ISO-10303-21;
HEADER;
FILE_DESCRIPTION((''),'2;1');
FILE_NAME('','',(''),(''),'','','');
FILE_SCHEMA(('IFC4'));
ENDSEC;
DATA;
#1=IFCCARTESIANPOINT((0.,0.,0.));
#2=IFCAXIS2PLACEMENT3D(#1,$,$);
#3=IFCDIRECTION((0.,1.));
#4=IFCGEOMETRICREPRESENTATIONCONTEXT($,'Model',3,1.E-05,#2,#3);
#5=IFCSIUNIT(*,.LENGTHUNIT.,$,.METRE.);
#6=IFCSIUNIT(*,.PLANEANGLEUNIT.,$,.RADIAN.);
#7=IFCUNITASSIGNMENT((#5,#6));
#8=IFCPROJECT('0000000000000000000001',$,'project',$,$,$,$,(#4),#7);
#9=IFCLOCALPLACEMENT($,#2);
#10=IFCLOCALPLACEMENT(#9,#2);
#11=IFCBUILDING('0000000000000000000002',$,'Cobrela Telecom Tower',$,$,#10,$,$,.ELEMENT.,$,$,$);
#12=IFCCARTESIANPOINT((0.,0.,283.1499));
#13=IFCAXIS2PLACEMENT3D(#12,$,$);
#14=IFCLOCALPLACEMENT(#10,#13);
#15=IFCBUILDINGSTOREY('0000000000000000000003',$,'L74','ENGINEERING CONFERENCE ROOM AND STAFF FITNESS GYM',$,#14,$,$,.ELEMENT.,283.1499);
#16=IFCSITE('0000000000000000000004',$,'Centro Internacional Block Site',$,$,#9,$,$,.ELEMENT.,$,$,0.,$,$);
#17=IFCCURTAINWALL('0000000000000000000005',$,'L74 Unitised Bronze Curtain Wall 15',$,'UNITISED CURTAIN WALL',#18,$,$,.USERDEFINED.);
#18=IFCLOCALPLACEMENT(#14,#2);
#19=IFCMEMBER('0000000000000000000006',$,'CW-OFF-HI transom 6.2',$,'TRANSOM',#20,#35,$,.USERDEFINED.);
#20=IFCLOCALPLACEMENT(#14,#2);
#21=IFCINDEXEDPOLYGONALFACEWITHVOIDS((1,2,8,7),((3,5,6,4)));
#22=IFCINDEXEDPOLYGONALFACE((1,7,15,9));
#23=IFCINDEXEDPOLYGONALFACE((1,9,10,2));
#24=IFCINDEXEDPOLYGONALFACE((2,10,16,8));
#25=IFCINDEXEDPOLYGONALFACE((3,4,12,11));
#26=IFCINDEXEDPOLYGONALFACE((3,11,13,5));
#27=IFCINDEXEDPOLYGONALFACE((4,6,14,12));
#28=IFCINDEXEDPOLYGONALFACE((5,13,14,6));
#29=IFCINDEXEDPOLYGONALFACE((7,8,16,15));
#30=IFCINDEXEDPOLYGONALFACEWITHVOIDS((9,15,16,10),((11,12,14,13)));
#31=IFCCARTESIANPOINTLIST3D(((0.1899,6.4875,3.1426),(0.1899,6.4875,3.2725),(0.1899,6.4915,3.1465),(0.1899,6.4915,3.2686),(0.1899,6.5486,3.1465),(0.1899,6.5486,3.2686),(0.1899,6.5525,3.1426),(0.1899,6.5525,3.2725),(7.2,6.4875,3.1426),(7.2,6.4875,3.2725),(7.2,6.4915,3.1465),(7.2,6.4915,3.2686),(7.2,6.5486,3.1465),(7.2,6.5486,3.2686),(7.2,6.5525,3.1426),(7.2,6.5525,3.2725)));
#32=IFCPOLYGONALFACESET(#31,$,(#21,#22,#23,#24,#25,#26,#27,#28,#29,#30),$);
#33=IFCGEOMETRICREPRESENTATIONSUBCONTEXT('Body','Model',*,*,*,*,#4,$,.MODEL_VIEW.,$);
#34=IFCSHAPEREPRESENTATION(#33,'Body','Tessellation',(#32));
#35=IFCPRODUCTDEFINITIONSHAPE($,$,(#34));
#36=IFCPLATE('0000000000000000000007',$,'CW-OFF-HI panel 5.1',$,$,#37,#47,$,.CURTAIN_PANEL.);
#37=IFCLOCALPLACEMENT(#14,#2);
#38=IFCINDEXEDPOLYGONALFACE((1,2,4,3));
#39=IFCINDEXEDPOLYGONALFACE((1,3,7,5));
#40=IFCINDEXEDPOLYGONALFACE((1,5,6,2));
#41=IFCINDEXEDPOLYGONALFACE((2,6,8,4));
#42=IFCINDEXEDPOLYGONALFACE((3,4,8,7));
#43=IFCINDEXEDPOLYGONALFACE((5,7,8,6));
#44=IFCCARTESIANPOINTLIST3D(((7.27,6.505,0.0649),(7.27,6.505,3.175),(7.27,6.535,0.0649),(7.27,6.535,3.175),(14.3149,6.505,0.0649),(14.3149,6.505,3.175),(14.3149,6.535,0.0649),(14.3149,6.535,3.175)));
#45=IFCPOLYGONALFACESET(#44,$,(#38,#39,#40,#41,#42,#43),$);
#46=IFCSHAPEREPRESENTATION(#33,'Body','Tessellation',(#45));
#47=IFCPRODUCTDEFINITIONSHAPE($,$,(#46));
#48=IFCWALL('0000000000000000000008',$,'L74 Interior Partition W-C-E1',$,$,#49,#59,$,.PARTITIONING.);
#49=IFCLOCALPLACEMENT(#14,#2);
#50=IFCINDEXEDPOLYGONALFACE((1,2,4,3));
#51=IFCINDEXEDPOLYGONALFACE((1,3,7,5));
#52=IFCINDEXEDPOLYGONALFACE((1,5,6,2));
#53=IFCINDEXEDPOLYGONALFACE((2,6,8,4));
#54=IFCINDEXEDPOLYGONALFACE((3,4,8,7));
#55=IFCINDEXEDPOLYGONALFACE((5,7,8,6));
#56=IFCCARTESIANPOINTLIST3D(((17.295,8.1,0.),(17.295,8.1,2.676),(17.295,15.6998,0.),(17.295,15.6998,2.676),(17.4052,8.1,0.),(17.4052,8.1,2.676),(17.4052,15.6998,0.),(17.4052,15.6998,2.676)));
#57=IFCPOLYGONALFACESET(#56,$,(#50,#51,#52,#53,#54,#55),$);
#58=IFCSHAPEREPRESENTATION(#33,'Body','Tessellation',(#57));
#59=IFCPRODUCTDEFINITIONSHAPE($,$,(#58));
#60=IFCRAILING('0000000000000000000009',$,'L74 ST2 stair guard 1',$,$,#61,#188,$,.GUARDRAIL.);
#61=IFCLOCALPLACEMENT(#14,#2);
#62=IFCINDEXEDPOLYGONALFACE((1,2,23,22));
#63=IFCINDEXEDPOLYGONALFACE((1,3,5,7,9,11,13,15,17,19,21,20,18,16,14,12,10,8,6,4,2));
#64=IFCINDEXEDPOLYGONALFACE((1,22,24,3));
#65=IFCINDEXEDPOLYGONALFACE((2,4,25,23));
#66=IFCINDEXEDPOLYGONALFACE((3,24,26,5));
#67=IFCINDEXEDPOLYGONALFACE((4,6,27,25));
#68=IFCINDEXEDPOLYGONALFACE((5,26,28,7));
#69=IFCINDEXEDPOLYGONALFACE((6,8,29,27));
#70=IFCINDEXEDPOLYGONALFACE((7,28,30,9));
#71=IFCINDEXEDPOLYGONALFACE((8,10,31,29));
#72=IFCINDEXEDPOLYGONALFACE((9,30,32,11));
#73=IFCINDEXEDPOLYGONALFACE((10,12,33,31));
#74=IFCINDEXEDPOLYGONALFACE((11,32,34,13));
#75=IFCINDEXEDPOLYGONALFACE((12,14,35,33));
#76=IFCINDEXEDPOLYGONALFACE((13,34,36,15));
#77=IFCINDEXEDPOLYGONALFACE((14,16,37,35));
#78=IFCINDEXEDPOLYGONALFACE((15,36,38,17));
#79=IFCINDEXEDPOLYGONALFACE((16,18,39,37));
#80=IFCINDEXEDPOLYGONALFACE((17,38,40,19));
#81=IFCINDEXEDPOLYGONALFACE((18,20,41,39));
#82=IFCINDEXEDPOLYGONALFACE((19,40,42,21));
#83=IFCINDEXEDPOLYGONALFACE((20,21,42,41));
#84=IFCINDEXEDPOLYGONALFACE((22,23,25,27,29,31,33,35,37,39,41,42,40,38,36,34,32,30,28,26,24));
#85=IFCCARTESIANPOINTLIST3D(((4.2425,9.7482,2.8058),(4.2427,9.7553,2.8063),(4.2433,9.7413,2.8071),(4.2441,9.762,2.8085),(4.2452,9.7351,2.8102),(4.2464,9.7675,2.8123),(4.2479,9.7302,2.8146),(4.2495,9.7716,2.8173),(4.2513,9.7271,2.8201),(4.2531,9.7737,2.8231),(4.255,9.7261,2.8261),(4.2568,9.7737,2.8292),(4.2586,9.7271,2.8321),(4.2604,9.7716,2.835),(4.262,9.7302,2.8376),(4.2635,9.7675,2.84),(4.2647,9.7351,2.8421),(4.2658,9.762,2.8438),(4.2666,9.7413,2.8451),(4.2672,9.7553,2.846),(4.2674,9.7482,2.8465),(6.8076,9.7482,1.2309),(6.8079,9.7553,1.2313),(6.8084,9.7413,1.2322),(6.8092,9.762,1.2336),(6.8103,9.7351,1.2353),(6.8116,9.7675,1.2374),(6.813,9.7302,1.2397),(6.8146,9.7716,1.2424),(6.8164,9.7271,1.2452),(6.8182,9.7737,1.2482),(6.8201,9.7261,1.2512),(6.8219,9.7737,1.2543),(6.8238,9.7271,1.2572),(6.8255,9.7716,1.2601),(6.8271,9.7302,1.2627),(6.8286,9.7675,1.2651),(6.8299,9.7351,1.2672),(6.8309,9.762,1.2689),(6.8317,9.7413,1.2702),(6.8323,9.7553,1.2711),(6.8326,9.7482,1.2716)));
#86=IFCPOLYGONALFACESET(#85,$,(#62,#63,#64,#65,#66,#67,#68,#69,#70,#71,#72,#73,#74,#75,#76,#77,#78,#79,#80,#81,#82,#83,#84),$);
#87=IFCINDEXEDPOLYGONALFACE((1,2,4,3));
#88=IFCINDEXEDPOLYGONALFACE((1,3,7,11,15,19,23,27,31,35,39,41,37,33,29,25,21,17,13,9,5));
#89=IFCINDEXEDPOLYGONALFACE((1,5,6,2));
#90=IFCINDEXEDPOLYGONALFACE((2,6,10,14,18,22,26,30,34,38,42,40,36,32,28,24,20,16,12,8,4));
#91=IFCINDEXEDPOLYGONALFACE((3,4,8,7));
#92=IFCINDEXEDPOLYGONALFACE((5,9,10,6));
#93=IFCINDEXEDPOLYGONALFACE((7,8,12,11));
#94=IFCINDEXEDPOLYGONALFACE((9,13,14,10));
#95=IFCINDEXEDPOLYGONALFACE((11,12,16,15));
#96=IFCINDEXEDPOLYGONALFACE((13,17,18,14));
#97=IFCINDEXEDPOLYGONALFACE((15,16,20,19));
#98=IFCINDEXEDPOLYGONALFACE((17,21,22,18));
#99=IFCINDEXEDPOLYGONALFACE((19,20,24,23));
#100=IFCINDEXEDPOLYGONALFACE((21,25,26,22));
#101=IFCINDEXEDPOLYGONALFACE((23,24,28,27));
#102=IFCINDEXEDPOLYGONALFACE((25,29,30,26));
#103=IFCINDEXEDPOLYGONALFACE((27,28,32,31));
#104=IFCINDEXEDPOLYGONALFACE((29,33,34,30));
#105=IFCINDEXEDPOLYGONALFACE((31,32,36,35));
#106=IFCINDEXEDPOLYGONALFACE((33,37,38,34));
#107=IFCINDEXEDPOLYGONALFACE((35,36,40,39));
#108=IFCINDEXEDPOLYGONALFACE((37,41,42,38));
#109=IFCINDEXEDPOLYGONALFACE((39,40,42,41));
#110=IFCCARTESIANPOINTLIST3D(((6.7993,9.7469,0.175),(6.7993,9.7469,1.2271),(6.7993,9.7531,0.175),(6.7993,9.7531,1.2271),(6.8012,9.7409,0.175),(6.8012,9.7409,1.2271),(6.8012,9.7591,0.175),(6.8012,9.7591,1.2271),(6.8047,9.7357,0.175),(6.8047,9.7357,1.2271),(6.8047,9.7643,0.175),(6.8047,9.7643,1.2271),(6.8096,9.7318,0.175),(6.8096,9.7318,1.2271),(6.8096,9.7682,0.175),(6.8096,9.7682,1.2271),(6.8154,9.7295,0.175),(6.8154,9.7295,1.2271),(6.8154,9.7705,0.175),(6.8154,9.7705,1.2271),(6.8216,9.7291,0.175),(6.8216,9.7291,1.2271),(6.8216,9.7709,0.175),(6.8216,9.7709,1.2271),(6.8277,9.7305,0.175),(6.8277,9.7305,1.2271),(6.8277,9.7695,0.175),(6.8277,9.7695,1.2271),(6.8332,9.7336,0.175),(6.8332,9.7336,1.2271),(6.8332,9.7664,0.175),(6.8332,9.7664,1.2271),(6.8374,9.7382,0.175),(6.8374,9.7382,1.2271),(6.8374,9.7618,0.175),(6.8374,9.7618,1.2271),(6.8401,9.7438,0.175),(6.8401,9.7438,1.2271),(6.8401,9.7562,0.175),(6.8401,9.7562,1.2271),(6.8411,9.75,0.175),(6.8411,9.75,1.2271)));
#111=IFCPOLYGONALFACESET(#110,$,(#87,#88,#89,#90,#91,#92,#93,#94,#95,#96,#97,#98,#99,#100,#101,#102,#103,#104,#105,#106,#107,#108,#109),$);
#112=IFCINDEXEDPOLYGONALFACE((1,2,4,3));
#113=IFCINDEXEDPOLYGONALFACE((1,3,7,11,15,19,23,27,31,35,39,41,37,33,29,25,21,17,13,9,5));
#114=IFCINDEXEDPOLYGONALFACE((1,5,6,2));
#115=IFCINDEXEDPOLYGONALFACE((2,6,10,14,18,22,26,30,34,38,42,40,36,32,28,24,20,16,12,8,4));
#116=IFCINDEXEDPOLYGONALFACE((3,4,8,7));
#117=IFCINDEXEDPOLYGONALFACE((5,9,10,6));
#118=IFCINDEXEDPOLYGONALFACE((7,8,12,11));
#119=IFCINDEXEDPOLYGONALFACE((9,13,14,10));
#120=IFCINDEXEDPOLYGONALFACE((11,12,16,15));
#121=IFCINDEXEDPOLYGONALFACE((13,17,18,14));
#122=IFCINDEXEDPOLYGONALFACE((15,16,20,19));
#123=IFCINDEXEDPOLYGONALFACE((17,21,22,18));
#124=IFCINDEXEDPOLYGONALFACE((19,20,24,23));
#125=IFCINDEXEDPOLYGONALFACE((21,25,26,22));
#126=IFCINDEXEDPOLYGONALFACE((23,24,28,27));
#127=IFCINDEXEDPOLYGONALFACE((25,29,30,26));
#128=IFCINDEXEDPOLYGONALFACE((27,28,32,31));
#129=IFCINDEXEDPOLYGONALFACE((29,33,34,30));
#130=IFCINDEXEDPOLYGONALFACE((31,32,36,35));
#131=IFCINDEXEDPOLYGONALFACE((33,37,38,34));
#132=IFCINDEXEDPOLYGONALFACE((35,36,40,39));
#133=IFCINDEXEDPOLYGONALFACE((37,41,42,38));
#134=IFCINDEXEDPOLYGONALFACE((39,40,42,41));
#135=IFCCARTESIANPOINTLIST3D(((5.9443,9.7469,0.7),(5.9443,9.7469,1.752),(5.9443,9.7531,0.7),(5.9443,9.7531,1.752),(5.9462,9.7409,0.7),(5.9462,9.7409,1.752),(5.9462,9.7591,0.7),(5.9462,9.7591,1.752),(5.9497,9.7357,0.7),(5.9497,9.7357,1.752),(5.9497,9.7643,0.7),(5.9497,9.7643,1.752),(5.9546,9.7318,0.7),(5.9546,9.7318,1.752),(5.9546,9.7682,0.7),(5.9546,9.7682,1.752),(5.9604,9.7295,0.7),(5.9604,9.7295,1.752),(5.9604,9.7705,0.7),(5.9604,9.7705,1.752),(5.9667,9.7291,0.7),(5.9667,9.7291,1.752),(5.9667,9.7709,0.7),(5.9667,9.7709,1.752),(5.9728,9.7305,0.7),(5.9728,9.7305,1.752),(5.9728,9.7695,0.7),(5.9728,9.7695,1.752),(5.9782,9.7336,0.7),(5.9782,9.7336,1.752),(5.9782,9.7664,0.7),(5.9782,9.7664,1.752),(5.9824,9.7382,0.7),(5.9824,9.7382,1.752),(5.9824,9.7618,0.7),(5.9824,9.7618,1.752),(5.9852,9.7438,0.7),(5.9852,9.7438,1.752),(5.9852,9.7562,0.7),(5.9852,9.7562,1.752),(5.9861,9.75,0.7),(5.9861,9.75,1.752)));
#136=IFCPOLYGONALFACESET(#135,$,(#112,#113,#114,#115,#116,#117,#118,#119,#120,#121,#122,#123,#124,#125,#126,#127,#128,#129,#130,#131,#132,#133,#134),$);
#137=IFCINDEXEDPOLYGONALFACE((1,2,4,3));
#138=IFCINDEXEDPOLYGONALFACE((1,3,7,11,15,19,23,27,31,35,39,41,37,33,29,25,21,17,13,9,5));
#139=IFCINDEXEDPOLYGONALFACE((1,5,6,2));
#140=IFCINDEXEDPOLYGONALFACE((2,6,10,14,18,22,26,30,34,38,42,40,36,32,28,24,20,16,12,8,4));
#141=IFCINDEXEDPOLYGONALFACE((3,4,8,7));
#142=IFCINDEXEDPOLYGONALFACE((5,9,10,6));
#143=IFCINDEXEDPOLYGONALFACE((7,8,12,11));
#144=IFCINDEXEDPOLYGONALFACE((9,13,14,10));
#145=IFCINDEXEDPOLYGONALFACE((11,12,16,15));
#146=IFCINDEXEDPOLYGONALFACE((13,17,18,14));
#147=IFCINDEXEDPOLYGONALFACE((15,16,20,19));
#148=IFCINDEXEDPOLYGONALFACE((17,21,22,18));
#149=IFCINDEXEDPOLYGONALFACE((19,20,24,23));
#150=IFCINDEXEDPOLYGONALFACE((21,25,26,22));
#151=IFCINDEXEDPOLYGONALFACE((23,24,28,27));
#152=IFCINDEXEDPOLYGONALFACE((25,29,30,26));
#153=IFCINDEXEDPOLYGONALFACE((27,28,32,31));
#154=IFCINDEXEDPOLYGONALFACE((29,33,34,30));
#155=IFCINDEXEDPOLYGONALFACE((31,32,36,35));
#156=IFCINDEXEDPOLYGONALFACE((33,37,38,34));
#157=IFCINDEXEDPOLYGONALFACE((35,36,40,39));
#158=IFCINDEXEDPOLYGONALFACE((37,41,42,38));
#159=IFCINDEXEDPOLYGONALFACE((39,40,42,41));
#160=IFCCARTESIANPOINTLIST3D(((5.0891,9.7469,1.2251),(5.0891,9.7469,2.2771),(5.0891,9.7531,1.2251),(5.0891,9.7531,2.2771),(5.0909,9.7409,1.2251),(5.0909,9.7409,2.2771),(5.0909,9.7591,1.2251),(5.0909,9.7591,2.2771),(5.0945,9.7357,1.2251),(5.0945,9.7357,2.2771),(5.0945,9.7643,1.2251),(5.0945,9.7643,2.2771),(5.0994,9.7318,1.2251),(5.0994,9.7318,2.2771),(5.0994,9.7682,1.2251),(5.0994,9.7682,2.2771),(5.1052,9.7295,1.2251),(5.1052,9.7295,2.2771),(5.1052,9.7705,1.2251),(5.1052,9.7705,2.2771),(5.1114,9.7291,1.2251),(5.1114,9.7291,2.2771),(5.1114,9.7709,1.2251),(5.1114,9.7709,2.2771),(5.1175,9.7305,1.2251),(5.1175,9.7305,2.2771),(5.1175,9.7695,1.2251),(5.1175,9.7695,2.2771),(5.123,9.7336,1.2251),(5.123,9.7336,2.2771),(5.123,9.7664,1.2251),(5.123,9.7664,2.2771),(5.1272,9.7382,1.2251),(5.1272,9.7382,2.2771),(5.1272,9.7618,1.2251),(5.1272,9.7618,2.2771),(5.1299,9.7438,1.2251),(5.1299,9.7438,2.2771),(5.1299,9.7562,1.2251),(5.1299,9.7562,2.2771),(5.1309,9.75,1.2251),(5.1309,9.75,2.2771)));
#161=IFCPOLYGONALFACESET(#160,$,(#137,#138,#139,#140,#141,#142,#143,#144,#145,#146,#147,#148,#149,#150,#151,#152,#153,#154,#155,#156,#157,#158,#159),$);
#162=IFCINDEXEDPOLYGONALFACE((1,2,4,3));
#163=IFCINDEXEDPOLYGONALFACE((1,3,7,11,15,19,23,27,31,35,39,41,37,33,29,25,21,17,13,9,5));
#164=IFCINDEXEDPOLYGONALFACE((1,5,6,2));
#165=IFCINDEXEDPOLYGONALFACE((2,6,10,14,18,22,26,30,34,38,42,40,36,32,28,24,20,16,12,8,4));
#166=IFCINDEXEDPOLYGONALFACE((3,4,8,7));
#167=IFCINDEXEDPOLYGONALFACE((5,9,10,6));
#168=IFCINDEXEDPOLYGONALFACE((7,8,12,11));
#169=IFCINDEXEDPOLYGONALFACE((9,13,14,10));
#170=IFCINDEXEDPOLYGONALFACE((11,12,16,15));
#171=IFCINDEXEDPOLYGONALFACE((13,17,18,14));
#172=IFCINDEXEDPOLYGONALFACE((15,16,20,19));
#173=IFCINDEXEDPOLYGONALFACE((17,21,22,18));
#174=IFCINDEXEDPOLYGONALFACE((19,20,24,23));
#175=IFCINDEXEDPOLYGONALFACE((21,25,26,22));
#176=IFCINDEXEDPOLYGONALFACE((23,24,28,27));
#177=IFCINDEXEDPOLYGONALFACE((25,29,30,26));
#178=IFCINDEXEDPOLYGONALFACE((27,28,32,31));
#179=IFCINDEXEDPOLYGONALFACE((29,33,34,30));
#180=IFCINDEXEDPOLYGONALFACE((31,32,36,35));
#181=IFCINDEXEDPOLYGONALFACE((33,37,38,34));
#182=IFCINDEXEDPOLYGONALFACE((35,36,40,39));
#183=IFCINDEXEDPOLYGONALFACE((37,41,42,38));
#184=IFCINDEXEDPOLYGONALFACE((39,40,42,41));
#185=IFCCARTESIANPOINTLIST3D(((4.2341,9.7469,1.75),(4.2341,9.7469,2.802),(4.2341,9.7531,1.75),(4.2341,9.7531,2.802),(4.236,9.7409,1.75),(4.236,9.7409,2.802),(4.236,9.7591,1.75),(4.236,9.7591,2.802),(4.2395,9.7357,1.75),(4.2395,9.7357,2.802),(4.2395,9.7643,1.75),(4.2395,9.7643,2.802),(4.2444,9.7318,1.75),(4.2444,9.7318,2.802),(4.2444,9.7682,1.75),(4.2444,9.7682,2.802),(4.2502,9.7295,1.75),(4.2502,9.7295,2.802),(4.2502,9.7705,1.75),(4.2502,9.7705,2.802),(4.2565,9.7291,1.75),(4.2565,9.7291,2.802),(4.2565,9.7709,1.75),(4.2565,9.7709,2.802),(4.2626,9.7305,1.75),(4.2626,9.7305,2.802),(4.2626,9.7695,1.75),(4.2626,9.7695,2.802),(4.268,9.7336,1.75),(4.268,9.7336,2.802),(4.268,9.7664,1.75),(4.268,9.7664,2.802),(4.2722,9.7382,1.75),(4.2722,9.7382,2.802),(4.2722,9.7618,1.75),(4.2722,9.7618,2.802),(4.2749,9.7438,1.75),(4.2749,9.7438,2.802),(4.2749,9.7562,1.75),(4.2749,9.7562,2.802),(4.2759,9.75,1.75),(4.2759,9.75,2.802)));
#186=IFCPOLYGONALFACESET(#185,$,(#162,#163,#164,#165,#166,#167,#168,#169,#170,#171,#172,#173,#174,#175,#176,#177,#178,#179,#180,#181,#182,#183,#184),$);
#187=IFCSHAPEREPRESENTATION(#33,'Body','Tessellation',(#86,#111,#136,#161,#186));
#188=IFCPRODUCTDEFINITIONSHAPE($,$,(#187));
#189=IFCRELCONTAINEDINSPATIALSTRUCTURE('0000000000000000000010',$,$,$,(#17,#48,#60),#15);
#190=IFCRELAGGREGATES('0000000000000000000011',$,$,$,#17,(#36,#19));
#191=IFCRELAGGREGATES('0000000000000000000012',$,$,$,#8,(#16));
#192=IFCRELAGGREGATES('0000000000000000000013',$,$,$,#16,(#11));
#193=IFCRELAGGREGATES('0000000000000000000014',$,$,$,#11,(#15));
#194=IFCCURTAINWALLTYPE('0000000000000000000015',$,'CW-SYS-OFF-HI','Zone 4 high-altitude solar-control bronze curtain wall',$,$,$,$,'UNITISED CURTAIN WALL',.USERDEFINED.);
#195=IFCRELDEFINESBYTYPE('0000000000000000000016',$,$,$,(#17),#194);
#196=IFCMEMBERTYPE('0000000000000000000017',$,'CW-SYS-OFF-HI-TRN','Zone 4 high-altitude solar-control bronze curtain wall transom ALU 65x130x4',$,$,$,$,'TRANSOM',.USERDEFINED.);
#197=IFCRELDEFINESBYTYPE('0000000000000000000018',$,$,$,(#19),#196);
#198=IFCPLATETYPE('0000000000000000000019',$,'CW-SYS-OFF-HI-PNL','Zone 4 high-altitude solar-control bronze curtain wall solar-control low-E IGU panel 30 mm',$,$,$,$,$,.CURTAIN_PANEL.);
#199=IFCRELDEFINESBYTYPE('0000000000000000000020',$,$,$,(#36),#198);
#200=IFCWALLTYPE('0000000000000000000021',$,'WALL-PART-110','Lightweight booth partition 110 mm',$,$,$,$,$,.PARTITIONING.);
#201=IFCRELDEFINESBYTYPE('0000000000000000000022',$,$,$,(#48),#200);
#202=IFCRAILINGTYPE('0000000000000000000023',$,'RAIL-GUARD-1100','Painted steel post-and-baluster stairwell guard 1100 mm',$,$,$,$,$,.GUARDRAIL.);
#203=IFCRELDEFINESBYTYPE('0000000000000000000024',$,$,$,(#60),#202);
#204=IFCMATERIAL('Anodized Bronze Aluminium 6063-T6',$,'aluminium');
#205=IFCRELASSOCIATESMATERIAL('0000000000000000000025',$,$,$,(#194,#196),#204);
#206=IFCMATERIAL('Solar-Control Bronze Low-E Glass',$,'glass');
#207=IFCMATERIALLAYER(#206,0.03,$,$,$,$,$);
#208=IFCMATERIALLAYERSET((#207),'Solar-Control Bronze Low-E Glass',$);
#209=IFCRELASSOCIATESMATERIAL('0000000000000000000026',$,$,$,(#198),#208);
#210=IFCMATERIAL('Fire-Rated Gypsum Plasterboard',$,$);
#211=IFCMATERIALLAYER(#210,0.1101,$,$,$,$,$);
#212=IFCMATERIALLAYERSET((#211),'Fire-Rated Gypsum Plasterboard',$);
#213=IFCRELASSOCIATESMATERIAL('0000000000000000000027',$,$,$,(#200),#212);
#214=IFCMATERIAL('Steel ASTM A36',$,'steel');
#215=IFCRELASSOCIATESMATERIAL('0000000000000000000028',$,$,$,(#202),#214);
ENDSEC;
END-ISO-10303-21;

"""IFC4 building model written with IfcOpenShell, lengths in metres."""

from ifc_helpers import new_model, si_unit, direction, frame, frame_2d, origin, origin_2d, place, context, subcontext, project, spatial, rectangle, hollow_rectangle, circle, extrude, material, layer, layer_set, material_profile, profile_set, type_object, element, aggregate, save


model = new_model("IFC4")

# Units and contexts
model_context = context("Model", 3, precision=1e-05, world=origin(), true_north=direction((0.0, 1.0)))
body_context = subcontext(model_context, "Body", "Model", "MODEL_VIEW")
ifc_project = project(units=[si_unit("LENGTHUNIT", "METRE"), si_unit("PLANEANGLEUNIT", "RADIAN")], contexts=[model_context])

# Site, building, storey
site_placement = place(None, origin())
site = spatial("IfcSite", under=ifc_project, at=site_placement, Name="Centro Internacional Block Site", CompositionType="ELEMENT", RefElevation=0.0)
building_placement = place(site_placement, origin())
building = spatial("IfcBuilding", under=site, at=building_placement, Name="Cobrela Telecom Tower", CompositionType="ELEMENT")
storey_placement = place(building_placement, frame((0.0, 0.0, 283.1499)))
storey = spatial("IfcBuildingStorey", under=building, at=storey_placement, Name="L74", Description="ENGINEERING CONFERENCE ROOM AND STAFF FITNESS GYM", CompositionType="ELEMENT", Elevation=283.1499)

# Curtain wall, member, plate
ifc_material_1 = material(Name="Anodized Bronze Aluminium 6063-T6", Category="aluminium")
curtain_wall_type = type_object("IfcCurtainWallType", Name="CW-SYS-OFF-HI", Description="Zone 4 high-altitude solar-control bronze curtain wall", ElementType="UNITISED CURTAIN WALL", PredefinedType="USERDEFINED", material=ifc_material_1)
curtain_wall_placement = place(storey_placement, origin())
curtain_wall = element("IfcCurtainWall", 1, at=curtain_wall_placement, inside=storey, type_object=curtain_wall_type, Name="L74 Unitised Bronze Curtain Wall 15", ObjectType="UNITISED CURTAIN WALL", PredefinedType="USERDEFINED")
ifc_material_profile_1 = material_profile(ifc_material_1, hollow_rectangle(XDim=0.0649, YDim=0.1299, WallThickness=0.0039, at=origin_2d()), Name="ALU 65x130x4")
ifc_profile_set_1 = profile_set([ifc_material_profile_1], Name="Anodized Bronze Aluminium 6063-T6")
member_type_1 = type_object("IfcMemberType", Name="CW-SYS-OFF-HI-TRN", Description="Zone 4 high-altitude solar-control bronze curtain wall transom ALU 65x130x4", ElementType="TRANSOM", PredefinedType="USERDEFINED", material=ifc_profile_set_1)
member_1_placement = place(storey_placement, frame((7.2, 6.52, 3.2075), z_axis=(-1.0, 0.0, 0.0), x_axis=(0.0, -1.0, 0.0)))
member_1 = element("IfcMember", 2, at=member_1_placement, type_object=member_type_1, Name="CW-OFF-HI transom 6.2", ObjectType="TRANSOM", PredefinedType="USERDEFINED", context=body_context, shape_type="SweptSolid", body=[
    extrude(hollow_rectangle(XDim=0.0649, YDim=0.1299, WallThickness=0.0039, at=origin_2d()), origin(), (0.0, 0.0, 1.0), 7.01),
])
ifc_material_2 = material(Name="Solar-Control Bronze Low-E Glass", Category="glass")
ifc_layer_1 = layer(ifc_material_2, 0.03)
ifc_layer_set_1 = layer_set([ifc_layer_1], Name="Solar-Control Bronze Low-E Glass")
plate_type = type_object("IfcPlateType", Name="CW-SYS-OFF-HI-PNL", Description="Zone 4 high-altitude solar-control bronze curtain wall solar-control low-E IGU panel 30 mm", PredefinedType="CURTAIN_PANEL", material=ifc_layer_set_1)
plate_placement = place(storey_placement, frame((10.7925, 6.52, 0.0649), z_axis=(0.0, 0.0, 1.0), x_axis=(-1.0, 0.0, 0.0)))
plate = element("IfcPlate", 3, at=plate_placement, type_object=plate_type, Name="CW-OFF-HI panel 5.1", PredefinedType="CURTAIN_PANEL", context=body_context, shape_type="SweptSolid", body=[
    extrude(rectangle(XDim=7.0449, YDim=0.03, at=origin_2d()), origin(), (0.0, 0.0, 1.0), 3.1101),
])
aggregate(curtain_wall, [plate, member_1])

# Wall
ifc_material_3 = material(Name="Fire-Rated Gypsum Plasterboard")
ifc_layer_2 = layer(ifc_material_3, 0.1101)
ifc_layer_set_2 = layer_set([ifc_layer_2], Name="Fire-Rated Gypsum Plasterboard")
wall_type_1 = type_object("IfcWallType", Name="WALL-PART-110", Description="Lightweight booth partition 110 mm", PredefinedType="PARTITIONING", material=ifc_layer_set_2)
wall_1_placement = place(storey_placement, frame((17.3501, 8.1001, 0.0), z_axis=(0.0, 0.0, 1.0), x_axis=(0.0, 1.0, 0.0)))
element("IfcWall", 4, at=wall_1_placement, inside=storey, type_object=wall_type_1, Name="L74 Interior Partition W-C-E1", PredefinedType="PARTITIONING", context=body_context, shape_type="SweptSolid", body=[
    extrude(rectangle(XDim=7.5999, YDim=0.1101, at=frame_2d((3.7998, 0.0))), origin(), (0.0, 0.0, 1.0), 2.676),
])

# Shared definitions
ifc_material_4 = material(Name="Steel ASTM A36", Category="steel")

# Railing
railing_type = type_object("IfcRailingType", Name="RAIL-GUARD-1100", Description="Painted steel post-and-baluster stairwell guard 1100 mm", PredefinedType="GUARDRAIL", material=ifc_material_4)
railing_1_placement = place(storey_placement, frame((6.8201, 9.75, 0.175)))
element("IfcRailing", 5, at=railing_1_placement, inside=storey, type_object=railing_type, Name="L74 ST2 stair guard 1", PredefinedType="GUARDRAIL", context=body_context, shape_type="SweptSolid", body=[
    extrude(circle(Radius=0.0239, at=origin_2d()), frame((0.0, 0.0, 1.0762), z_axis=(-0.852195, 0.0, 0.523224), x_axis=(0.0, -1.0, 0.0)), (0.0, 0.0, 1.0), 3.01),
    extrude(circle(Radius=0.021, at=origin_2d()), origin(), (0.0, 0.0, 1.0), 1.052),
    extrude(circle(Radius=0.021, at=origin_2d()), frame((-0.855, 0.0, 0.5249)), (0.0, 0.0, 1.0), 1.052),
    extrude(circle(Radius=0.021, at=origin_2d()), frame((-1.7102, 0.0, 1.05)), (0.0, 0.0, 1.0), 1.052),
    extrude(circle(Radius=0.021, at=origin_2d()), frame((-2.5652, 0.0, 1.575)), (0.0, 0.0, 1.0), 1.052),
])

save(model, "model.ifc")
